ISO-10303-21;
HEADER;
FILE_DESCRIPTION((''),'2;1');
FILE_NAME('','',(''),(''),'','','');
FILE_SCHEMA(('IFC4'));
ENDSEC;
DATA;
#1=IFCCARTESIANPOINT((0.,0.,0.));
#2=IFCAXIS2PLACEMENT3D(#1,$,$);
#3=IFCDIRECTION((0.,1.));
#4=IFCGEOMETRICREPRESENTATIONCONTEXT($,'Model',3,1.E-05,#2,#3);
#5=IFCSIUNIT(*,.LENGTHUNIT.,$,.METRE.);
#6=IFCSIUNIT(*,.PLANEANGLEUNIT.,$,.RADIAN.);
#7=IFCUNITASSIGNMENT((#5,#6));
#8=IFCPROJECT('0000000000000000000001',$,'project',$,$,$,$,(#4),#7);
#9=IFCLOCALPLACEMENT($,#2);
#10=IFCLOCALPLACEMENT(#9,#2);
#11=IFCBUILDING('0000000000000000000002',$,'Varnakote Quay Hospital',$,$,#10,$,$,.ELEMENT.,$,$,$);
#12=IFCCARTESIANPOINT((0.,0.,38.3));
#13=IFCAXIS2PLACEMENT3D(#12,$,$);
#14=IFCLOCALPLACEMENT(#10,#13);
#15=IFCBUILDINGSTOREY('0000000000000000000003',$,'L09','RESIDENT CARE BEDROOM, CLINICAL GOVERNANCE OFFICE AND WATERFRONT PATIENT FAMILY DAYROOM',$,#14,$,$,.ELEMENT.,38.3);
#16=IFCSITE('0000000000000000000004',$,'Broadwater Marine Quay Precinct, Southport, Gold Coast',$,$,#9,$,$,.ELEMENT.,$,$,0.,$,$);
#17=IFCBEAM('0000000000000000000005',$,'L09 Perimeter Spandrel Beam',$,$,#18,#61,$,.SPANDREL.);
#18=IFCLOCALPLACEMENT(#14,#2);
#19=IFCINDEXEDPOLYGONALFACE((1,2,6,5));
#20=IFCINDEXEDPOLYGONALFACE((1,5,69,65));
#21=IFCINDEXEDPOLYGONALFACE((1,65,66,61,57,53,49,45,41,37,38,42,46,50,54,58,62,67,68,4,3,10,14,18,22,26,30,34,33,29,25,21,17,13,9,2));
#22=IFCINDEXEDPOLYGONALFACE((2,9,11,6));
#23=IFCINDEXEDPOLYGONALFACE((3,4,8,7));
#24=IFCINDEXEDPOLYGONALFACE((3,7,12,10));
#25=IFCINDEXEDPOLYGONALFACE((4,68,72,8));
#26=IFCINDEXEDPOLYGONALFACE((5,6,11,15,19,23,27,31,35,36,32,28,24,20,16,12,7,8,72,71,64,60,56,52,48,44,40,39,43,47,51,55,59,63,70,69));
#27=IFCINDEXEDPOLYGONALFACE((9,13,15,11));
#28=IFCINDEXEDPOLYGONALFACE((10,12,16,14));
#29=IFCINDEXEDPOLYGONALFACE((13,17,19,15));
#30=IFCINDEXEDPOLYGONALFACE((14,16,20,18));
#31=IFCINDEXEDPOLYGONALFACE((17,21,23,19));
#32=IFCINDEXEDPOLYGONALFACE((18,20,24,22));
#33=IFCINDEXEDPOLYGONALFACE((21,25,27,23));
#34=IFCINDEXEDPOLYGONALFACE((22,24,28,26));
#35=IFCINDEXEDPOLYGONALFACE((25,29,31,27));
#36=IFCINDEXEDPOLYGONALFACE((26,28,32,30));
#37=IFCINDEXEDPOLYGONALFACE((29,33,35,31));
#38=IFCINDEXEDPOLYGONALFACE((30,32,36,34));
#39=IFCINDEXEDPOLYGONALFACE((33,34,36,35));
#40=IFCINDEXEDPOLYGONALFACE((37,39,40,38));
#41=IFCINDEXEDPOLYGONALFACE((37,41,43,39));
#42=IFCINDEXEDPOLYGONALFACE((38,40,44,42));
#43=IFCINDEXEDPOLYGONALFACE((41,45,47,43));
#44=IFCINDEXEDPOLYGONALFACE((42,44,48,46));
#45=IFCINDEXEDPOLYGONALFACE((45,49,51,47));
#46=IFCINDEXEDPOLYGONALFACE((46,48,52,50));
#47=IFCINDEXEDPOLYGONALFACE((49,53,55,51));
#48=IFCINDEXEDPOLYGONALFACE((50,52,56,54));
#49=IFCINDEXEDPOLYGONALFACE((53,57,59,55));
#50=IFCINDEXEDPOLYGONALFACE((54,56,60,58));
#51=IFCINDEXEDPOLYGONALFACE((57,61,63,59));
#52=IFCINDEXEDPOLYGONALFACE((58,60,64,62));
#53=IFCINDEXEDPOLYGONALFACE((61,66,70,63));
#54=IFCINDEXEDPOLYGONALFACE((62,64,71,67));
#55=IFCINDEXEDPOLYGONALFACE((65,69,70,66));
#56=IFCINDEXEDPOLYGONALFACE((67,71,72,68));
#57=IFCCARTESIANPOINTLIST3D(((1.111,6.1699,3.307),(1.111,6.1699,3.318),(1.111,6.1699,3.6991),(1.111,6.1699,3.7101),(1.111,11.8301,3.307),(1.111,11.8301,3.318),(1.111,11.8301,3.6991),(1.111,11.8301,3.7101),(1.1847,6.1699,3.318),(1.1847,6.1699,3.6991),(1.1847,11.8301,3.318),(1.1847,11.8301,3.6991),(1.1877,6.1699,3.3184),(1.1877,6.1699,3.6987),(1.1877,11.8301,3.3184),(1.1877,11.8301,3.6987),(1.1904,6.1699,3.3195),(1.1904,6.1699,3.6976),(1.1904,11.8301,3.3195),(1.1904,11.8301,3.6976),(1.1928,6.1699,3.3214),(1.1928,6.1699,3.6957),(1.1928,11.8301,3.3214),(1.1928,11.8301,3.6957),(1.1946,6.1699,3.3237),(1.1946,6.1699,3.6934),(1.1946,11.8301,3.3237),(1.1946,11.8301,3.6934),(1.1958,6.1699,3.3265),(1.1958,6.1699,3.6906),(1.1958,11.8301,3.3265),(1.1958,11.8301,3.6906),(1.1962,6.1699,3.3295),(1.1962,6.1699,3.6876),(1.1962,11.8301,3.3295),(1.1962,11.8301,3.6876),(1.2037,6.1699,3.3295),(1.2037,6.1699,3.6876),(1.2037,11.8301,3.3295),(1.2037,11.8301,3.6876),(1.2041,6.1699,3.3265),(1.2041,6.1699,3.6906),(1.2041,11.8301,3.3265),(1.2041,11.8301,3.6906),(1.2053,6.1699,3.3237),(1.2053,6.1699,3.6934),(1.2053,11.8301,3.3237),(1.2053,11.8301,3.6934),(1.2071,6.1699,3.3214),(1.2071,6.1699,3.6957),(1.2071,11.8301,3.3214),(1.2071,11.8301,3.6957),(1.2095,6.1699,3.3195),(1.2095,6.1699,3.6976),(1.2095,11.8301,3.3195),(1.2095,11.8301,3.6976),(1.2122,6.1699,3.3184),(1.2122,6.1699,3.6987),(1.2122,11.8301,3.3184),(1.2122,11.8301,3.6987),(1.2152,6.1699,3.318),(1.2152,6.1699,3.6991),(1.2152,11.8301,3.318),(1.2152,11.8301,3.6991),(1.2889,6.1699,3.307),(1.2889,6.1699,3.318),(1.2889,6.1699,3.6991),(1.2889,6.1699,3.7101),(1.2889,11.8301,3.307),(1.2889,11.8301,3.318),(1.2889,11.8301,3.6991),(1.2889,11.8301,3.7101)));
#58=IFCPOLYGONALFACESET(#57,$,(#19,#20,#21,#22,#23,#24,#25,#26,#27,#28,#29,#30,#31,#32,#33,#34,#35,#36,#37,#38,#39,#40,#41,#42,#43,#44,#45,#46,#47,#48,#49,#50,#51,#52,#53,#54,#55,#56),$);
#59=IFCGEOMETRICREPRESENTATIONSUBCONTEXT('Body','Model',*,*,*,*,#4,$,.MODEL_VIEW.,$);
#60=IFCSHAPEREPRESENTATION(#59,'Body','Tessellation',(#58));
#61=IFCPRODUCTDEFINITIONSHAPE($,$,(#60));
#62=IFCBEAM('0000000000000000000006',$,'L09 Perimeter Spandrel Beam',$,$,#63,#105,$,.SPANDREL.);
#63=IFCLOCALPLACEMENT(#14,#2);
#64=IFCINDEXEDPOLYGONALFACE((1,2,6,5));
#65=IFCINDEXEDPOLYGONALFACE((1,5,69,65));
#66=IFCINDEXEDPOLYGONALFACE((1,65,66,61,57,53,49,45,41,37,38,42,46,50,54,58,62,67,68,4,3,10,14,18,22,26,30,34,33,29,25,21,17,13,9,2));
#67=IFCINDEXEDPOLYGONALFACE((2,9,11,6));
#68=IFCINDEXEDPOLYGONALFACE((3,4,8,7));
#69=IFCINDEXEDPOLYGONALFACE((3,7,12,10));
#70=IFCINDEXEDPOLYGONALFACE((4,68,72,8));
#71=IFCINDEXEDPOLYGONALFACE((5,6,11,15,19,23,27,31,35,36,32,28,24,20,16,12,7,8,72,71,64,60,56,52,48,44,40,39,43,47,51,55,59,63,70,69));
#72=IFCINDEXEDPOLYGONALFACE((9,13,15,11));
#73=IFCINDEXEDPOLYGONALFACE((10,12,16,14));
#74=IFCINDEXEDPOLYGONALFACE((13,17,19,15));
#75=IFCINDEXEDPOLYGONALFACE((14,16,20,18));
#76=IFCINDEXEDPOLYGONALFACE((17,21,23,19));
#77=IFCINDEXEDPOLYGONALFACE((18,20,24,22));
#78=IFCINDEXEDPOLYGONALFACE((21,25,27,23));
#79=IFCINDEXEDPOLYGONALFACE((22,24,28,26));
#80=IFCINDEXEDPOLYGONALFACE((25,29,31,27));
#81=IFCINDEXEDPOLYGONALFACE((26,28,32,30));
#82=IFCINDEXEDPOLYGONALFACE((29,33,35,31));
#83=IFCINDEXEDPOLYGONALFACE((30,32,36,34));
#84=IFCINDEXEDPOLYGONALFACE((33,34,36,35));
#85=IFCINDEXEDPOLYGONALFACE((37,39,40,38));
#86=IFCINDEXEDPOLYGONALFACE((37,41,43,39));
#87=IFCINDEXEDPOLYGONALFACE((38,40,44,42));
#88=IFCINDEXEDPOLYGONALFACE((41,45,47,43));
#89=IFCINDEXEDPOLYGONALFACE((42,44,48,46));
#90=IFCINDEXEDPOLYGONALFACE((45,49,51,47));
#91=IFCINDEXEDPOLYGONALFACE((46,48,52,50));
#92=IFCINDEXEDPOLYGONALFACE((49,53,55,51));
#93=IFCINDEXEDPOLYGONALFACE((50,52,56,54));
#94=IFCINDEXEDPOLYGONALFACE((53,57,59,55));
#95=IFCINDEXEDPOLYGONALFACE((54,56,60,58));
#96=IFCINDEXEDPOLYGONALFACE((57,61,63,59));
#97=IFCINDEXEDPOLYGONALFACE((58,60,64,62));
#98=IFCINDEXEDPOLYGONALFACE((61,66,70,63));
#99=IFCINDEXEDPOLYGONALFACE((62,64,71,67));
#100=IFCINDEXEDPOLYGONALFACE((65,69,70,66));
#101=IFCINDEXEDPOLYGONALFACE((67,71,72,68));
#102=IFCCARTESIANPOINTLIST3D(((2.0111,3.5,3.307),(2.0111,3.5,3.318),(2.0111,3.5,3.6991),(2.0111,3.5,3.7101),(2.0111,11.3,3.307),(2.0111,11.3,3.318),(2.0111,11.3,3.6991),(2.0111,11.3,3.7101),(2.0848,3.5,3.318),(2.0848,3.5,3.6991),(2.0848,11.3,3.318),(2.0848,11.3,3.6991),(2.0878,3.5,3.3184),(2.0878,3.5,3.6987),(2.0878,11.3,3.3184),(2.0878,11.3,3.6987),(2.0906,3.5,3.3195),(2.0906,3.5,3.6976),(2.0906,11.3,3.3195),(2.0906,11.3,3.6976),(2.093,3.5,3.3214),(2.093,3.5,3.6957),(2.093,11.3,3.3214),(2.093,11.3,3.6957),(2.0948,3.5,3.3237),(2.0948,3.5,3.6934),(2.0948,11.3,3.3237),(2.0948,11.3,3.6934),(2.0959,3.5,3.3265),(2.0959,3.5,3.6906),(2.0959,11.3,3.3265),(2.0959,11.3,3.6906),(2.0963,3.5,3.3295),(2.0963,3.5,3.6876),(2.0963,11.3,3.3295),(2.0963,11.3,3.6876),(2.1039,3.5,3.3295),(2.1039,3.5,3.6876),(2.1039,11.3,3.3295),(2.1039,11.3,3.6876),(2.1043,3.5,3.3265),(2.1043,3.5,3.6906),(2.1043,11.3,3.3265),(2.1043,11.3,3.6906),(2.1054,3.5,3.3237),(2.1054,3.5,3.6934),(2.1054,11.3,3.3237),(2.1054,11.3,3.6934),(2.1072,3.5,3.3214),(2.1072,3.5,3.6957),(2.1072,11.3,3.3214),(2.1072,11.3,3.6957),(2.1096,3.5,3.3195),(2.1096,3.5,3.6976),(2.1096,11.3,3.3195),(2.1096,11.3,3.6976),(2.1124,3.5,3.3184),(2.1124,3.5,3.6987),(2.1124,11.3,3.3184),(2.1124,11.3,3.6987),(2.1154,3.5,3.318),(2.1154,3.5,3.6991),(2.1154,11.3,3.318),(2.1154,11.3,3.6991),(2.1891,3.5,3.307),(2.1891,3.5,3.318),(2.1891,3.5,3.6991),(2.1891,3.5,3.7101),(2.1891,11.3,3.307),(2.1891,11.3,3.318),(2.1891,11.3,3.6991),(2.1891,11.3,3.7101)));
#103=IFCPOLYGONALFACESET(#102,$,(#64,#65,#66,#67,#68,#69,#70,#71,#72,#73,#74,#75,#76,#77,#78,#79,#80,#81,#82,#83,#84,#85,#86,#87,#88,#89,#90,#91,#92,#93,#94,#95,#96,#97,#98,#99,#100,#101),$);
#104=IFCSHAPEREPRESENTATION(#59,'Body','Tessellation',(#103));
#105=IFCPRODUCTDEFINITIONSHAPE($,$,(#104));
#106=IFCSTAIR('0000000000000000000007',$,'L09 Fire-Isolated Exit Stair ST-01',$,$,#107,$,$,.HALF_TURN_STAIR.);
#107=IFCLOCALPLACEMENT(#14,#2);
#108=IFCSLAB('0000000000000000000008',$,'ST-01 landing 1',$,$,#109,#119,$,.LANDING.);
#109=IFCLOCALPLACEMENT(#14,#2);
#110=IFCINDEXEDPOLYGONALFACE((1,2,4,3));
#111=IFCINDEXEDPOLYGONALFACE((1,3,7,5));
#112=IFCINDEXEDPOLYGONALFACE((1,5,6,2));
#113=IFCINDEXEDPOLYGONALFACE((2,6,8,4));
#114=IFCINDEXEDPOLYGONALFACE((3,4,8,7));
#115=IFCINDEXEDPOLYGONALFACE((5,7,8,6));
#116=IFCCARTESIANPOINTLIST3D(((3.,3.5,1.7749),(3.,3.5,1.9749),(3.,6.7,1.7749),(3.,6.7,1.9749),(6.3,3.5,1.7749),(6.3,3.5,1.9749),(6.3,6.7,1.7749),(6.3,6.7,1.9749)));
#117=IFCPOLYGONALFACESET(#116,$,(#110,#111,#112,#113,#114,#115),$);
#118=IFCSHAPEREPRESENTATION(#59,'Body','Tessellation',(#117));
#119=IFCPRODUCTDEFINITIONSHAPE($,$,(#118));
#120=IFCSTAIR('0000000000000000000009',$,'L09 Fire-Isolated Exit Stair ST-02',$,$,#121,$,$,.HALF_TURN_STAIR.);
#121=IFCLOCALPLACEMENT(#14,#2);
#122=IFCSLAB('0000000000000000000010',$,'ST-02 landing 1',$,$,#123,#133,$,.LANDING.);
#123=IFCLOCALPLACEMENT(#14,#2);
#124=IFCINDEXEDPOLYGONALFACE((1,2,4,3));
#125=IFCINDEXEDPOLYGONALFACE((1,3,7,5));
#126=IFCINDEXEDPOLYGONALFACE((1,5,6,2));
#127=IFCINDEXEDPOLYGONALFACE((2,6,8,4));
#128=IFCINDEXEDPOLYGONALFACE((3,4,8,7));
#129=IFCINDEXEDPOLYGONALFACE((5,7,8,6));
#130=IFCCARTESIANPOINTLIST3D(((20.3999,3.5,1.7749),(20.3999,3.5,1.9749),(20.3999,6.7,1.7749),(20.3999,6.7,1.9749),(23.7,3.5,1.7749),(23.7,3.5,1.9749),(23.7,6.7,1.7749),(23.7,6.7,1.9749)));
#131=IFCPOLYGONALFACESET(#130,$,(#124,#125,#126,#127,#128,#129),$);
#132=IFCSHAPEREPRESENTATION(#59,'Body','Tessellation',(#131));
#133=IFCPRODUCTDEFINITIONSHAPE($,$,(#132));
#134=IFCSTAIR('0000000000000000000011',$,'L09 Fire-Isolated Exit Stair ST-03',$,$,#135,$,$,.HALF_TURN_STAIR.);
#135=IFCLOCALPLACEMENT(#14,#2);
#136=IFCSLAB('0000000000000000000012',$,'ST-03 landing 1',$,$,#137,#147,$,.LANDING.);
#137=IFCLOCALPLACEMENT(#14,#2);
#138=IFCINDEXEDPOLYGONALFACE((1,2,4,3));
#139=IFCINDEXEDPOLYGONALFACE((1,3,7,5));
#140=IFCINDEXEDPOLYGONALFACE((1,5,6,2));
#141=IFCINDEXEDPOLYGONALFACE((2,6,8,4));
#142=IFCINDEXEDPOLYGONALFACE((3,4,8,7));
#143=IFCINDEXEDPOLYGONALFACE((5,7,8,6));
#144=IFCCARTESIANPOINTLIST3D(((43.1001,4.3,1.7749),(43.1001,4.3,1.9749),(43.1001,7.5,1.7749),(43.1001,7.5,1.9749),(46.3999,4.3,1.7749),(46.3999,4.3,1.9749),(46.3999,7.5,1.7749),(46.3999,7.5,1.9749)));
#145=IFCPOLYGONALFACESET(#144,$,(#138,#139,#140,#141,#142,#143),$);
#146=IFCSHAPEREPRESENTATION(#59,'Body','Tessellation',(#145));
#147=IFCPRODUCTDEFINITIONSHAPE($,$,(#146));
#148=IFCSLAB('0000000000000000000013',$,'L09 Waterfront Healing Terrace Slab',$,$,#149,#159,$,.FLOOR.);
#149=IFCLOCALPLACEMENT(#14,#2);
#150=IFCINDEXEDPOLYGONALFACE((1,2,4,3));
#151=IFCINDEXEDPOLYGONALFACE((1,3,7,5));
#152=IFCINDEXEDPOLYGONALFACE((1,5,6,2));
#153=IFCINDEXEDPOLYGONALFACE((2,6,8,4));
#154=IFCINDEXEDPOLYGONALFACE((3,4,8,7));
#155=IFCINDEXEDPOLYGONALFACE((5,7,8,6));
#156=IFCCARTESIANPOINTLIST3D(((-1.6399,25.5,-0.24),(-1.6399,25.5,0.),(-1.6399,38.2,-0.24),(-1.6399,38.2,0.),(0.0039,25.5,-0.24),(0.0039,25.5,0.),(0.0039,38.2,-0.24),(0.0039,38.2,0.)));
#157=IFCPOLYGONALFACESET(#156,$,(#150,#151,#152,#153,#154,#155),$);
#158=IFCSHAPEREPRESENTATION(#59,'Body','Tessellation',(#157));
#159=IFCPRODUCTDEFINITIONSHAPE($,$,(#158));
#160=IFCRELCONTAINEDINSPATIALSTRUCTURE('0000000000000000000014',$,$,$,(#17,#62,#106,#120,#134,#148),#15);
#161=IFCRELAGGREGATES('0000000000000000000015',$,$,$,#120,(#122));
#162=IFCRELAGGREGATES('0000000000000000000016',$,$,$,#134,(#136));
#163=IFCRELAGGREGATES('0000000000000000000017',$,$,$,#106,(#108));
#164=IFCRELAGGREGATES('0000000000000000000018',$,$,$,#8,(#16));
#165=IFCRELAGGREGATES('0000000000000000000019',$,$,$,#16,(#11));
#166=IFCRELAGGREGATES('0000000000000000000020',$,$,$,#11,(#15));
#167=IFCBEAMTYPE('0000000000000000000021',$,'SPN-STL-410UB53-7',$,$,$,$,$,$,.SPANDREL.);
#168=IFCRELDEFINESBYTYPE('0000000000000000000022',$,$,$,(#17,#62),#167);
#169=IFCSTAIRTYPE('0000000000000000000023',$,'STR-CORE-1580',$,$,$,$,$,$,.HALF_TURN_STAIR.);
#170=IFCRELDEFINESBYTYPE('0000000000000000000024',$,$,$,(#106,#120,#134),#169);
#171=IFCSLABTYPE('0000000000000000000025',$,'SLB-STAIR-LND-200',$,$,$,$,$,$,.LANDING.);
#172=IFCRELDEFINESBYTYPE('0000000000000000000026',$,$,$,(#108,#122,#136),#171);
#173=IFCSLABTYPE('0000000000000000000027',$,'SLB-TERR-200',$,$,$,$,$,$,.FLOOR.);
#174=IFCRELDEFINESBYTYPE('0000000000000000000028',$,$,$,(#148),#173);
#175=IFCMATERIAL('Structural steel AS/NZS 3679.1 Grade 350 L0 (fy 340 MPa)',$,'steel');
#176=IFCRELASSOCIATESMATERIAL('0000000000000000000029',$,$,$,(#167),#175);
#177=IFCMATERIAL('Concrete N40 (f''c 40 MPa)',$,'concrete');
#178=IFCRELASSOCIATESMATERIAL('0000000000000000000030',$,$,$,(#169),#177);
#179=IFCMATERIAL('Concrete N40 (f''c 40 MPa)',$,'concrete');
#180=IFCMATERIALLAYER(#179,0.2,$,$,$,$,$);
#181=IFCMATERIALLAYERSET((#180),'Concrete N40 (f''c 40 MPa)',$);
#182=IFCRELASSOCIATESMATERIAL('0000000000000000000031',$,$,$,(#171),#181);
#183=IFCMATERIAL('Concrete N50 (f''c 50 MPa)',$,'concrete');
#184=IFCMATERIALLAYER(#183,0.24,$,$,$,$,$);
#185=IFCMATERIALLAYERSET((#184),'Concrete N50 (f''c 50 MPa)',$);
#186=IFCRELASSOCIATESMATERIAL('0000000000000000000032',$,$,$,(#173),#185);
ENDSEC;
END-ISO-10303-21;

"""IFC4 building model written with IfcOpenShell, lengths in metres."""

from ifc_helpers import new_model, si_unit, direction, frame, origin, origin_2d, place, context, subcontext, project, spatial, polyline, i_section, outline, extrude, material, layer, layer_set, material_profile, profile_set, type_object, element, aggregate, save


model = new_model("IFC4")

# Units and contexts
model_context = context("Model", 3, precision=1e-05, world=origin(), true_north=direction((0.0, 1.0)))
body_context = subcontext(model_context, "Body", "Model", "MODEL_VIEW")
ifc_project = project(units=[si_unit("LENGTHUNIT", "METRE"), si_unit("PLANEANGLEUNIT", "RADIAN")], contexts=[model_context])

# Site, building, storey
site_placement = place(None, origin())
site = spatial("IfcSite", under=ifc_project, at=site_placement, Name="Broadwater Marine Quay Precinct, Southport, Gold Coast", CompositionType="ELEMENT", RefElevation=0.0)
building_placement = place(site_placement, origin())
building = spatial("IfcBuilding", under=site, at=building_placement, Name="Varnakote Quay Hospital", CompositionType="ELEMENT")
storey_placement = place(building_placement, frame((0.0, 0.0, 38.3)))
storey = spatial("IfcBuildingStorey", under=building, at=storey_placement, Name="L09", Description="RESIDENT CARE BEDROOM, CLINICAL GOVERNANCE OFFICE AND WATERFRONT PATIENT FAMILY DAYROOM", CompositionType="ELEMENT", Elevation=38.3)

# Beams
ifc_material_1 = material(Name="Structural steel AS/NZS 3679.1 Grade 350 L0 (fy 340 MPa)", Category="steel")
ifc_material_profile_1 = material_profile(ifc_material_1, i_section(OverallWidth=0.178, OverallDepth=0.4031, WebThickness=0.0076, FlangeThickness=0.011, FilletRadius=0.0115, at=origin_2d()), Name="410UB53.7")
ifc_profile_set_1 = profile_set([ifc_material_profile_1], Name="Structural steel AS/NZS 3679.1 Grade 350 L0 (fy 340 MPa)")
beam_type_1 = type_object("IfcBeamType", Name="SPN-STL-410UB53-7", PredefinedType="SPANDREL", material=ifc_profile_set_1)
beam_1_placement = place(storey_placement, frame((1.2, 6.1699, 3.5085), z_axis=(0.0, 1.0, 0.0), x_axis=(-1.0, 0.0, 0.0)))
element("IfcBeam", 1, at=beam_1_placement, inside=storey, type_object=beam_type_1, Name="L09 Perimeter Spandrel Beam", PredefinedType="SPANDREL", context=body_context, shape_type="SweptSolid", body=[
    extrude(i_section(OverallWidth=0.178, OverallDepth=0.4031, WebThickness=0.0076, FlangeThickness=0.011, FilletRadius=0.0115, at=origin_2d()), origin(), (0.0, 0.0, 1.0), 5.6602),
])
beam_2_placement = place(storey_placement, frame((2.1001, 3.5, 3.5085), z_axis=(0.0, 1.0, 0.0), x_axis=(-1.0, 0.0, 0.0)))
element("IfcBeam", 2, at=beam_2_placement, inside=storey, type_object=beam_type_1, Name="L09 Perimeter Spandrel Beam", PredefinedType="SPANDREL", context=body_context, shape_type="SweptSolid", body=[
    extrude(i_section(OverallWidth=0.178, OverallDepth=0.4031, WebThickness=0.0076, FlangeThickness=0.011, FilletRadius=0.0115, at=origin_2d()), origin(), (0.0, 0.0, 1.0), 7.8),
])

# Stairs, slabs
ifc_material_2 = material(Name="Concrete N40 (f'c 40 MPa)", Category="concrete")
stair_type = type_object("IfcStairType", Name="STR-CORE-1580", PredefinedType="HALF_TURN_STAIR", material=ifc_material_2)
stair_1_placement = place(storey_placement, origin())
stair_1 = element("IfcStair", 3, at=stair_1_placement, inside=storey, type_object=stair_type, Name="L09 Fire-Isolated Exit Stair ST-01", PredefinedType="HALF_TURN_STAIR")
ifc_material_3 = material(Name="Concrete N40 (f'c 40 MPa)", Category="concrete")
ifc_layer_1 = layer(ifc_material_3, 0.2)
ifc_layer_set_1 = layer_set([ifc_layer_1], Name="Concrete N40 (f'c 40 MPa)")
slab_type_1 = type_object("IfcSlabType", Name="SLB-STAIR-LND-200", PredefinedType="LANDING", material=ifc_layer_set_1)
slab_1_placement = place(storey_placement, frame((0.0, 0.0, 1.7749)))
slab_1 = element("IfcSlab", 4, at=slab_1_placement, type_object=slab_type_1, Name="ST-01 landing 1", PredefinedType="LANDING", context=body_context, shape_type="SweptSolid", body=[
    extrude(outline(polyline([(3.0, 6.7), (3.0, 3.5), (6.3, 3.5), (6.3, 6.7), (3.0, 6.7)])), origin(), (0.0, 0.0, 1.0), 0.2),
])
stair_2_placement = place(storey_placement, origin())
stair_2 = element("IfcStair", 5, at=stair_2_placement, inside=storey, type_object=stair_type, Name="L09 Fire-Isolated Exit Stair ST-02", PredefinedType="HALF_TURN_STAIR")
slab_2_placement = place(storey_placement, frame((0.0, 0.0, 1.7749)))
slab_2 = element("IfcSlab", 6, at=slab_2_placement, type_object=slab_type_1, Name="ST-02 landing 1", PredefinedType="LANDING", context=body_context, shape_type="SweptSolid", body=[
    extrude(outline(polyline([(20.3999, 6.7), (20.3999, 3.5), (23.7, 3.5), (23.7, 6.7), (20.3999, 6.7)])), origin(), (0.0, 0.0, 1.0), 0.2),
])
aggregate(stair_2, [slab_2])
stair_3_placement = place(storey_placement, origin())
stair_3 = element("IfcStair", 7, at=stair_3_placement, inside=storey, type_object=stair_type, Name="L09 Fire-Isolated Exit Stair ST-03", PredefinedType="HALF_TURN_STAIR")
slab_3_placement = place(storey_placement, frame((0.0, 0.0, 1.7749)))
slab_3 = element("IfcSlab", 8, at=slab_3_placement, type_object=slab_type_1, Name="ST-03 landing 1", PredefinedType="LANDING", context=body_context, shape_type="SweptSolid", body=[
    extrude(outline(polyline([(43.1001, 7.5), (43.1001, 4.3), (46.3999, 4.3), (46.3999, 7.5), (43.1001, 7.5)])), origin(), (0.0, 0.0, 1.0), 0.2),
])
aggregate(stair_3, [slab_3])

# Slab
ifc_material_4 = material(Name="Concrete N50 (f'c 50 MPa)", Category="concrete")
ifc_layer_2 = layer(ifc_material_4, 0.24)
ifc_layer_set_2 = layer_set([ifc_layer_2], Name="Concrete N50 (f'c 50 MPa)")
slab_type_2 = type_object("IfcSlabType", Name="SLB-TERR-200", PredefinedType="FLOOR", material=ifc_layer_set_2)
slab_4_placement = place(storey_placement, frame((0.0, 0.0, -0.24)))
element("IfcSlab", 9, at=slab_4_placement, inside=storey, type_object=slab_type_2, Name="L09 Waterfront Healing Terrace Slab", PredefinedType="FLOOR", context=body_context, shape_type="SweptSolid", body=[
    extrude(outline(polyline([(0.0039, 25.5), (0.0039, 38.2), (-1.6399, 38.2), (-1.6399, 25.5), (0.0039, 25.5)])), origin(), (0.0, 0.0, 1.0), 0.24),
])

aggregate(stair_1, [slab_1])

save(model, "model.ifc")
